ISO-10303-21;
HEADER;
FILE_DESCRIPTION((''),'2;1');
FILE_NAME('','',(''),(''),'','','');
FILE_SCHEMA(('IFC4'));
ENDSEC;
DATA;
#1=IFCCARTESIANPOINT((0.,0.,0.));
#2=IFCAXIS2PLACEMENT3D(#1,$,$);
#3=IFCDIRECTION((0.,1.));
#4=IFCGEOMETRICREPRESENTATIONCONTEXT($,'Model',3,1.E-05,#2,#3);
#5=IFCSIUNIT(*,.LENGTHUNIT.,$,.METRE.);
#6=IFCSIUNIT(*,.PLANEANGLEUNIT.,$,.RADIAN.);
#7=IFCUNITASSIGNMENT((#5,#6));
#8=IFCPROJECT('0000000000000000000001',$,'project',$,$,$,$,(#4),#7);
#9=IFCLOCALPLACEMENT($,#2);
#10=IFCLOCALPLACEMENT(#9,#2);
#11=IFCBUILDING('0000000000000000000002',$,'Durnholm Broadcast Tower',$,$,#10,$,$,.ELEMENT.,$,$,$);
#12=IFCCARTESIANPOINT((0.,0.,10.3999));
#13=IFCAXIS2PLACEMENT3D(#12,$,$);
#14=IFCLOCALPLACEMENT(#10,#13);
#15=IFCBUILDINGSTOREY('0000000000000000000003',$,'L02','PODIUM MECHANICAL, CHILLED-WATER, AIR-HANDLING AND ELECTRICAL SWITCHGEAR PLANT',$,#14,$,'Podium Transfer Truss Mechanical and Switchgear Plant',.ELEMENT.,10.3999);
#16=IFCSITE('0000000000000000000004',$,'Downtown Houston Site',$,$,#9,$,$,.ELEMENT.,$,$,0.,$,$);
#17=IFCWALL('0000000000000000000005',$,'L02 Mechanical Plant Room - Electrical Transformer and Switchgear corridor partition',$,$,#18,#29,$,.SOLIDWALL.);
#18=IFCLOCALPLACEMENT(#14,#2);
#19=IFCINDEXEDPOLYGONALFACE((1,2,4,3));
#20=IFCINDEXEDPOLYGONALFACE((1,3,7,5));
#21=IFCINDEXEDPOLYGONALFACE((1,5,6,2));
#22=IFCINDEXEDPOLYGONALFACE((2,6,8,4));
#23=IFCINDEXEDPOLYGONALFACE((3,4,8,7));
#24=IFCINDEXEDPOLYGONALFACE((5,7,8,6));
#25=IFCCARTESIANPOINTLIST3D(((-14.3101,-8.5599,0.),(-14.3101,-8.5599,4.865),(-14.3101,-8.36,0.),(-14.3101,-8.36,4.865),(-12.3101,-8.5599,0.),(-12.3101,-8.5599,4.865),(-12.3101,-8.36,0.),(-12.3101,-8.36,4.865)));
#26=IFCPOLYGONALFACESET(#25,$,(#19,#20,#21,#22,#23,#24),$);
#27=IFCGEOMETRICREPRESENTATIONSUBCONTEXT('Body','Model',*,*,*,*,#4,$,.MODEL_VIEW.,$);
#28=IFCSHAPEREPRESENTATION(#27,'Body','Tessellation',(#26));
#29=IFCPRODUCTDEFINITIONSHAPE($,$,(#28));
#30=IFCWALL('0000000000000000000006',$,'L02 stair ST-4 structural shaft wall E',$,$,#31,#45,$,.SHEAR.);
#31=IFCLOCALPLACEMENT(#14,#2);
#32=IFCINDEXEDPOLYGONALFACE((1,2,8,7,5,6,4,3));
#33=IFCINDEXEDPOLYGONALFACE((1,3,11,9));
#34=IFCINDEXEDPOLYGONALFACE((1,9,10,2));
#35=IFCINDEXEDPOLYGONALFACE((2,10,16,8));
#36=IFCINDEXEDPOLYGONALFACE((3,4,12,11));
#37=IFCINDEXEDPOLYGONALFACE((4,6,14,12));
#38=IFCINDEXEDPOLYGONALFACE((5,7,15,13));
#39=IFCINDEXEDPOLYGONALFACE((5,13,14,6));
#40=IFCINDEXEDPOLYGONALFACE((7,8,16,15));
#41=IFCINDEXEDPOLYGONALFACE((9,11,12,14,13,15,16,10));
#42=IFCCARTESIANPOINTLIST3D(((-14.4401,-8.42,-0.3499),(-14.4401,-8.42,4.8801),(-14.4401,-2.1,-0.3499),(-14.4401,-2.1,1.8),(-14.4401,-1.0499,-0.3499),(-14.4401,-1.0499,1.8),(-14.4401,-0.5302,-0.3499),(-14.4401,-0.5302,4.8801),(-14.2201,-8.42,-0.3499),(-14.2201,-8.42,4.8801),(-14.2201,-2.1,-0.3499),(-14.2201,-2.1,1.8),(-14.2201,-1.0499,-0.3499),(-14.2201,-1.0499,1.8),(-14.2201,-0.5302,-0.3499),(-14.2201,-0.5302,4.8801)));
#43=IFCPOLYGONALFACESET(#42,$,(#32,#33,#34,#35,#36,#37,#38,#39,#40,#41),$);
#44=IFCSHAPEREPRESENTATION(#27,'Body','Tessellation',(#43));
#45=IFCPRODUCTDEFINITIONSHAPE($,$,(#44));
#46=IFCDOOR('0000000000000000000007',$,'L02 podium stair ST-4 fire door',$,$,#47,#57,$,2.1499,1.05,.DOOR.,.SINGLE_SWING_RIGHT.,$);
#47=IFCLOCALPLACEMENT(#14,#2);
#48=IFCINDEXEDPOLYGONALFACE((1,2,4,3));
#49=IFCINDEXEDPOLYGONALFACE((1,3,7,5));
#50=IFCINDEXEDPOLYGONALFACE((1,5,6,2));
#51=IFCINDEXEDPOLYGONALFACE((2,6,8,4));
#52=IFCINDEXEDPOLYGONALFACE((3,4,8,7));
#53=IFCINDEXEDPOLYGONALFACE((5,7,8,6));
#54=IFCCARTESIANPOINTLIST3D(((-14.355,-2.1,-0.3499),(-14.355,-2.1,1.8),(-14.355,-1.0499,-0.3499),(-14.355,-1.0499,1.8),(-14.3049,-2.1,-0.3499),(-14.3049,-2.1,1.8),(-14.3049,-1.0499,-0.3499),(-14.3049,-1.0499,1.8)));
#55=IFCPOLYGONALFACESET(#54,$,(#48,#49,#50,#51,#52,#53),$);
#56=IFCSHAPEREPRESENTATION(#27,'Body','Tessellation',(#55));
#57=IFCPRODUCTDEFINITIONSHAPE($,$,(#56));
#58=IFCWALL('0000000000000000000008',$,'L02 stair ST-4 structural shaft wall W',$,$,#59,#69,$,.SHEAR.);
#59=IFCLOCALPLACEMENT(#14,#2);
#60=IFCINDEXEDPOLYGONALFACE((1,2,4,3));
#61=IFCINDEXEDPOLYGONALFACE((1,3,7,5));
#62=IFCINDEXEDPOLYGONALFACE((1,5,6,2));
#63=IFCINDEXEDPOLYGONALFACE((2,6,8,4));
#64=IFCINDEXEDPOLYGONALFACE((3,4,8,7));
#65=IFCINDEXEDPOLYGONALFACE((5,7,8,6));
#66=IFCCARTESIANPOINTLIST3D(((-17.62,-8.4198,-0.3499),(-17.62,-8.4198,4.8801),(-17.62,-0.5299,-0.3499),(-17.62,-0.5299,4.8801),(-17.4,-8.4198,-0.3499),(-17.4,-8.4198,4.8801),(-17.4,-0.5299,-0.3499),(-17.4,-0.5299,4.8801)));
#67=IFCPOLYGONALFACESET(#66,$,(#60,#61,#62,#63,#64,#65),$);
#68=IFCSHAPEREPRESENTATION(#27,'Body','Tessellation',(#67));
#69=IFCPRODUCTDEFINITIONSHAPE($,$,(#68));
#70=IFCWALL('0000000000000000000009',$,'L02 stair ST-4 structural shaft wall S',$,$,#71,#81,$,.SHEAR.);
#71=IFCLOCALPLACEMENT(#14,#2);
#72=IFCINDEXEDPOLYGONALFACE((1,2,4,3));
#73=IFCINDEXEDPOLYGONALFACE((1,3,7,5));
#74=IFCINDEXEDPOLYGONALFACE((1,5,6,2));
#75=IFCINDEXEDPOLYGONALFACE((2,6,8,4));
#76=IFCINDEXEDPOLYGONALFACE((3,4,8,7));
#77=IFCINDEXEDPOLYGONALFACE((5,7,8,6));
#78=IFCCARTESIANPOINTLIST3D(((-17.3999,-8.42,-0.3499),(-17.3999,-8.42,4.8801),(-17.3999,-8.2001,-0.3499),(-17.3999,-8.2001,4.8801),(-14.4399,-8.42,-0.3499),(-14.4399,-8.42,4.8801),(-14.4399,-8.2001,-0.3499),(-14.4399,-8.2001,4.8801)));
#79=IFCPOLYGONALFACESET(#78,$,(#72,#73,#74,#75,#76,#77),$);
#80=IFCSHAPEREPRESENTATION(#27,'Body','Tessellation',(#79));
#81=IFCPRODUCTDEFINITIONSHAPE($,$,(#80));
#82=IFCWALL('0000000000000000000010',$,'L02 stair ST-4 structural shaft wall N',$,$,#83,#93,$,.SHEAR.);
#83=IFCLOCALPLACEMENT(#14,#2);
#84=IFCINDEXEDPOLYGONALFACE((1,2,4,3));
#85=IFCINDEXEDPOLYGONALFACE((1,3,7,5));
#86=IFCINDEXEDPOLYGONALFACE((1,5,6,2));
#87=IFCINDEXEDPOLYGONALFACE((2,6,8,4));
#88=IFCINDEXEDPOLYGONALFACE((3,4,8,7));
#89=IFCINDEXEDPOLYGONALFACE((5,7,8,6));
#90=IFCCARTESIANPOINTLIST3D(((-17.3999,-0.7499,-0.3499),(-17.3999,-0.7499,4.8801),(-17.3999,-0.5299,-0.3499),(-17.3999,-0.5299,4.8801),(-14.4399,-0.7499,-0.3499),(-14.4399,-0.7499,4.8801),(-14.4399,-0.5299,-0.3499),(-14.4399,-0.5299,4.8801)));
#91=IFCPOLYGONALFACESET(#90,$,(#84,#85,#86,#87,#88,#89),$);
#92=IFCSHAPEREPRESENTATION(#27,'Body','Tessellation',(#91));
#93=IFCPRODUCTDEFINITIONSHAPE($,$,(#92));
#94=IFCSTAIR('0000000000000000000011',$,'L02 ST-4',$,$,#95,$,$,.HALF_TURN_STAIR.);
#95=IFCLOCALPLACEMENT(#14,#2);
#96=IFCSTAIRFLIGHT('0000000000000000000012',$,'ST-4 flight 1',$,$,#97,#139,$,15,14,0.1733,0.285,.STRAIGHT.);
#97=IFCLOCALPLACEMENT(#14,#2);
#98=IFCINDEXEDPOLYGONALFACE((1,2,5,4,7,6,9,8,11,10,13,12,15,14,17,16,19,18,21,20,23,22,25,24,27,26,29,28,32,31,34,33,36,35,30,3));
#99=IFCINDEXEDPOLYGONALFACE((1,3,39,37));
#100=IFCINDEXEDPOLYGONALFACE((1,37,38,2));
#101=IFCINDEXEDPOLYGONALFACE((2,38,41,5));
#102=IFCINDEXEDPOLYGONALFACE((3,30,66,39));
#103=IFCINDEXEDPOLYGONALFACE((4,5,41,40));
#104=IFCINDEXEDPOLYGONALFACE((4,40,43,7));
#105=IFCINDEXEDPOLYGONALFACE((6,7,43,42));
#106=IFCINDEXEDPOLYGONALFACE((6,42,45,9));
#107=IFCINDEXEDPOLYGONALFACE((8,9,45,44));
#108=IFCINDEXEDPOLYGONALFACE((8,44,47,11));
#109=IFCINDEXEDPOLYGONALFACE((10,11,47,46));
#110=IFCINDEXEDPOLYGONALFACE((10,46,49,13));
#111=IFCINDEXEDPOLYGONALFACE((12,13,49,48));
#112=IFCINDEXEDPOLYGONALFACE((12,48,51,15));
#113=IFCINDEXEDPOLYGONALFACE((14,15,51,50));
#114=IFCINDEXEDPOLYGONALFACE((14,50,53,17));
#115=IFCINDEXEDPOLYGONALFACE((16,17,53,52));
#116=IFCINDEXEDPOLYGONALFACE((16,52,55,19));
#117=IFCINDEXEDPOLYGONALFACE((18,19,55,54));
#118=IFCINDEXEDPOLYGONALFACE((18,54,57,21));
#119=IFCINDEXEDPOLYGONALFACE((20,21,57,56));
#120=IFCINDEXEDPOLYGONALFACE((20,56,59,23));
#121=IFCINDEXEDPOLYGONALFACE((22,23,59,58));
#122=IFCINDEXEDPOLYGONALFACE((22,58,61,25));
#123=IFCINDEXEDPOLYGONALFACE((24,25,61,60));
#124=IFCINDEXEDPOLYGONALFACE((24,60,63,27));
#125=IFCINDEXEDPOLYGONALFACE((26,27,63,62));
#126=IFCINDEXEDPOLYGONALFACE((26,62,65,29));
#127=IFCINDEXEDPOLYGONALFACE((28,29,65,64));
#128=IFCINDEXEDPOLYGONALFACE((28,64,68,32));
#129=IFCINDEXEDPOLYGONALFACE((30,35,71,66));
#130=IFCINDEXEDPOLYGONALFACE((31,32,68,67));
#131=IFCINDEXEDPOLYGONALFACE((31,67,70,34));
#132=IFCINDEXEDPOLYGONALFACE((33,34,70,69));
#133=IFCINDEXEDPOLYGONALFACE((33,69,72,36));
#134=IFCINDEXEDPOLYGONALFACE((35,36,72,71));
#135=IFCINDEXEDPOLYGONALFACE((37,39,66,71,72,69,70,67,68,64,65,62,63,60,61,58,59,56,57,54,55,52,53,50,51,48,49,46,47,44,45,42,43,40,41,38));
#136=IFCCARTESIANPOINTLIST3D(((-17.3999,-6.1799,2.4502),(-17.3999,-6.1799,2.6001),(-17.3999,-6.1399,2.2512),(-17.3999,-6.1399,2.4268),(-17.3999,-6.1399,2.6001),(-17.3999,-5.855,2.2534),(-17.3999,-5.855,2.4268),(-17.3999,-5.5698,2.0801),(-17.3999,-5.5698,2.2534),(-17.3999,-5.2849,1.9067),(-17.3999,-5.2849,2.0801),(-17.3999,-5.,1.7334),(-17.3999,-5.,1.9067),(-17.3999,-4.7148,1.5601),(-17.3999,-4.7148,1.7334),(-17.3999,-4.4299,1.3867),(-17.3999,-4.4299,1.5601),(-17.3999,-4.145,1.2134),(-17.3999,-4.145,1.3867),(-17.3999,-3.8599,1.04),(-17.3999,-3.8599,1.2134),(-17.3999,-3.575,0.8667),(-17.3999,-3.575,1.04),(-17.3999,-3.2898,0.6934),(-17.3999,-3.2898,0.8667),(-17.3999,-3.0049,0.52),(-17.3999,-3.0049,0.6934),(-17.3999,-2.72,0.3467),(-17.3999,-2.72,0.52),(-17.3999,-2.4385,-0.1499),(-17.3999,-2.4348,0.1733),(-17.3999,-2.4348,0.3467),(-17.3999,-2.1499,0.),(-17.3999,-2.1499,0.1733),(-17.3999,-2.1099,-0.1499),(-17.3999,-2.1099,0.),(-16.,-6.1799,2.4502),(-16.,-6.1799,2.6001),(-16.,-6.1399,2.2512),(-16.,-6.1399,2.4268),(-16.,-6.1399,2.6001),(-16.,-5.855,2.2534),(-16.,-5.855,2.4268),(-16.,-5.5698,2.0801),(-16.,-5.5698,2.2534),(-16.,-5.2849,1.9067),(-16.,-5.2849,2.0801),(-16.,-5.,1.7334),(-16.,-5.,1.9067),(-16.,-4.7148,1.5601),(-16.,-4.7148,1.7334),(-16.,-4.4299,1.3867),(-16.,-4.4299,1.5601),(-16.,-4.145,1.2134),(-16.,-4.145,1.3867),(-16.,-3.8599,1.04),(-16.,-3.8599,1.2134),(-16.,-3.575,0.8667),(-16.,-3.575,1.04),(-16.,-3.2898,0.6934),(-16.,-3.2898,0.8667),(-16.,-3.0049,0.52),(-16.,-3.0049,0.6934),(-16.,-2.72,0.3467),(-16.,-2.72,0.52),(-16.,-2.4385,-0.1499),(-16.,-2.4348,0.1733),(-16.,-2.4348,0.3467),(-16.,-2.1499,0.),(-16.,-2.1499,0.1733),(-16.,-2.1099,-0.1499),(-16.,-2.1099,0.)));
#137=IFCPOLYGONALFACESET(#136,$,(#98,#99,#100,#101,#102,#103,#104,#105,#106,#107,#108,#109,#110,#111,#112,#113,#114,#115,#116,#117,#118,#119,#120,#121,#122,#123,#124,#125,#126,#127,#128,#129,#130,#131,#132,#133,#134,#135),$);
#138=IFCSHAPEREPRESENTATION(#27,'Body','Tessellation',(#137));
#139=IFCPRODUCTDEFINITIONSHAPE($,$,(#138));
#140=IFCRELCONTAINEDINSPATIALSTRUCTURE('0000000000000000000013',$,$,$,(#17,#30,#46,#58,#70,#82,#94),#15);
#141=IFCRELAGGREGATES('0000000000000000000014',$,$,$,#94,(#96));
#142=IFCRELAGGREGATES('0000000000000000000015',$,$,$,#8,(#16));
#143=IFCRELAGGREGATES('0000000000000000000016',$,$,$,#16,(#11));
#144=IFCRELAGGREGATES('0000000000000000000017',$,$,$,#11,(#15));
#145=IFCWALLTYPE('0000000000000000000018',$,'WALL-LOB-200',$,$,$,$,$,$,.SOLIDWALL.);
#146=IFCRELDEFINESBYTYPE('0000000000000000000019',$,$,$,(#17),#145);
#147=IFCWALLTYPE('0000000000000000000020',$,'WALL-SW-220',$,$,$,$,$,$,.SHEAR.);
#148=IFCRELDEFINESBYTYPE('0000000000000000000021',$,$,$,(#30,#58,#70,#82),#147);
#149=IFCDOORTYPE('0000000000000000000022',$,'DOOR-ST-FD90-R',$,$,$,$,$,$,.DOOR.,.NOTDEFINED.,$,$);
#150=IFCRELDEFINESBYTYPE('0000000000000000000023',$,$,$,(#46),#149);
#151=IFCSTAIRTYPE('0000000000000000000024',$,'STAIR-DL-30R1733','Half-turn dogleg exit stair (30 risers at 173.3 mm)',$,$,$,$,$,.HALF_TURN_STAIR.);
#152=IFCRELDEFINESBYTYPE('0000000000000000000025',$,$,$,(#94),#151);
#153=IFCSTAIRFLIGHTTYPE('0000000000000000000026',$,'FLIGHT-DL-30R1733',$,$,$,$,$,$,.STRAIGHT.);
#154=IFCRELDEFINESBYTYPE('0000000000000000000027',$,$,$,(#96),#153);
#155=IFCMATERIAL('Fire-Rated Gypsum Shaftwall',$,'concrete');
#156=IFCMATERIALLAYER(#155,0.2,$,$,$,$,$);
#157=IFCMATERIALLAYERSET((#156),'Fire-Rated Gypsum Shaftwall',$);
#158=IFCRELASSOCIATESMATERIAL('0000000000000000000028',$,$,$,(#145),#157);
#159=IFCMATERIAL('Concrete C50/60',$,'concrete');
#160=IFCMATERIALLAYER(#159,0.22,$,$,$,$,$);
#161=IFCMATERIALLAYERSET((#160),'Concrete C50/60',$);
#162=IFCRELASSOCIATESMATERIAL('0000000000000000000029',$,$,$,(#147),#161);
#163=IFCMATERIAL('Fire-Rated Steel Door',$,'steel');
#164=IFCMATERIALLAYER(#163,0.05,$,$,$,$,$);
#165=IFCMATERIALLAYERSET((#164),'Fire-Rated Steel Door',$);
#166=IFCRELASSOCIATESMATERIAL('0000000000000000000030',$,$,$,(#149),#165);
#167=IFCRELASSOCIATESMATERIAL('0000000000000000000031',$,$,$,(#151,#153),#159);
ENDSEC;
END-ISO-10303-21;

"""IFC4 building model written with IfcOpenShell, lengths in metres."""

from ifc_helpers import new_model, si_unit, direction, frame, frame_2d, origin, place, context, subcontext, project, spatial, polyline, rectangle, outline, extrude, source, transform, mapped, material, layer, layer_set, type_object, type_shapes, element, fill, aggregate, save


model = new_model("IFC4")

# Units and contexts
model_context = context("Model", 3, precision=1e-05, world=origin(), true_north=direction((0.0, 1.0)))
body_context = subcontext(model_context, "Body", "Model", "MODEL_VIEW")
ifc_project = project(units=[si_unit("LENGTHUNIT", "METRE"), si_unit("PLANEANGLEUNIT", "RADIAN")], contexts=[model_context])

# Site, building, storey
site_placement = place(None, origin())
site = spatial("IfcSite", under=ifc_project, at=site_placement, Name="Downtown Houston Site", CompositionType="ELEMENT", RefElevation=0.0)
building_placement = place(site_placement, origin())
building = spatial("IfcBuilding", under=site, at=building_placement, Name="Durnholm Broadcast Tower", CompositionType="ELEMENT")
storey_placement = place(building_placement, frame((0.0, 0.0, 10.3999)))
storey = spatial("IfcBuildingStorey", under=building, at=storey_placement, Name="L02", Description="PODIUM MECHANICAL, CHILLED-WATER, AIR-HANDLING AND ELECTRICAL SWITCHGEAR PLANT", LongName="Podium Transfer Truss Mechanical and Switchgear Plant", CompositionType="ELEMENT", Elevation=10.3999)

# Wall
ifc_material_1 = material(Name="Fire-Rated Gypsum Shaftwall", Category="concrete")
ifc_layer_1 = layer(ifc_material_1, 0.2)
ifc_layer_set_1 = layer_set([ifc_layer_1], Name="Fire-Rated Gypsum Shaftwall")
wall_type_1 = type_object("IfcWallType", Name="WALL-LOB-200", PredefinedType="SOLIDWALL", material=ifc_layer_set_1)
wall_1_placement = place(storey_placement, frame((-14.3101, -8.46, 0.0), z_axis=(0.0, 0.0, 1.0), x_axis=(1.0, 0.0, 0.0)))
element("IfcWall", 1, at=wall_1_placement, inside=storey, type_object=wall_type_1, Name="L02 Mechanical Plant Room - Electrical Transformer and Switchgear corridor partition", PredefinedType="SOLIDWALL", context=body_context, shape_type="SweptSolid", body=[
    extrude(rectangle(XDim=2.0, YDim=0.2, at=frame_2d((1.0, 0.0))), origin(), (0.0, 0.0, 1.0), 4.865),
])

# Wall, opening, door
ifc_material_2 = material(Name="Concrete C50/60", Category="concrete")
ifc_layer_2 = layer(ifc_material_2, 0.22)
ifc_layer_set_2 = layer_set([ifc_layer_2], Name="Concrete C50/60")
wall_type_2 = type_object("IfcWallType", Name="WALL-SW-220", PredefinedType="SHEAR", material=ifc_layer_set_2)
wall_2_placement = place(storey_placement, frame((-14.3301, -8.4199, -0.3499), z_axis=(0.0, 0.0, 1.0), x_axis=(0.0, 1.0, 0.0)))
wall_2 = element("IfcWall", 2, at=wall_2_placement, inside=storey, type_object=wall_type_2, Name="L02 stair ST-4 structural shaft wall E", PredefinedType="SHEAR", context=body_context, shape_type="SweptSolid", body=[
    extrude(rectangle(XDim=7.8899, YDim=0.22, at=frame_2d((3.9448, 0.0))), origin(), (0.0, 0.0, 1.0), 5.23),
])
opening_placement = place(wall_2_placement, frame((6.3201, 0.0, 0.0)))
opening = element("IfcOpeningElement", 3, at=opening_placement, cuts=wall_2, PredefinedType="OPENING", context=body_context, shape_type="SweptSolid", body=[
    extrude(rectangle(XDim=1.05, YDim=2.1499, at=frame_2d((0.5249, 1.075))), frame((0.0, 0.1201, 0.0), z_axis=(0.0, -1.0, 0.0), x_axis=(1.0, 0.0, 0.0)), (0.0, 0.0, 1.0), 0.24),
])
ifc_material_3 = material(Name="Fire-Rated Steel Door", Category="steel")
ifc_layer_3 = layer(ifc_material_3, 0.05)
ifc_layer_set_3 = layer_set([ifc_layer_3], Name="Fire-Rated Steel Door")
door_type = type_object("IfcDoorType", Name="DOOR-ST-FD90-R", OperationType="NOTDEFINED", PredefinedType="DOOR", material=ifc_layer_set_3)
shared_shape_1 = source(origin(), body_context, "Body", "SweptSolid", [
    extrude(rectangle(XDim=1.05, YDim=2.1499, at=frame_2d((0.5249, 1.075))), frame((0.0, 0.0249, 0.0), z_axis=(0.0, -1.0, 0.0), x_axis=(1.0, 0.0, 0.0)), (0.0, 0.0, 1.0), 0.05),
])
type_shapes(door_type, [shared_shape_1])
door_placement = place(opening_placement, origin())
door = element("IfcDoor", 4, at=door_placement, inside=storey, type_object=door_type, Name="L02 podium stair ST-4 fire door", OperationType="SINGLE_SWING_RIGHT", OverallHeight=2.1499, OverallWidth=1.05, PredefinedType="DOOR", context=body_context, shape_type="MappedRepresentation", body=[
    mapped(shared_shape_1, transform((0.0, 0.0, 0.0), x_axis=(1.0, 0.0, 0.0), y_axis=(0.0, 1.0, 0.0), z_axis=(0.0, 0.0, 1.0), scale=1.0)),
])
fill(opening, door)

# Walls
wall_3_placement = place(storey_placement, frame((-17.51, -0.53, -0.3499), z_axis=(0.0, 0.0, 1.0), x_axis=(0.0, -1.0, 0.0)))
element("IfcWall", 5, at=wall_3_placement, inside=storey, type_object=wall_type_2, Name="L02 stair ST-4 structural shaft wall W", PredefinedType="SHEAR", context=body_context, shape_type="SweptSolid", body=[
    extrude(rectangle(XDim=7.8899, YDim=0.22, at=frame_2d((3.9448, 0.0))), origin(), (0.0, 0.0, 1.0), 5.23),
])
for number, where, z_axis, x_axis, name in (
    (6, (-17.3999, -8.3101, -0.3499), (0.0, 0.0, 1.0), (1.0, 0.0, 0.0), "L02 stair ST-4 structural shaft wall S"),
    (7, (-14.4399, -0.6399, -0.3499), (0.0, 0.0, 1.0), (-1.0, 0.0, 0.0), "L02 stair ST-4 structural shaft wall N"),
):
    element("IfcWall", number, at=place(storey_placement, frame(where, z_axis=z_axis, x_axis=x_axis)), inside=storey, type_object=wall_type_2, Name=name, PredefinedType="SHEAR", context=body_context, shape_type="SweptSolid", body=[
        extrude(rectangle(XDim=2.96, YDim=0.22, at=frame_2d((1.48, 0.0))), origin(), (0.0, 0.0, 1.0), 5.23),
    ])

# Stair, stair flight
stair_type = type_object("IfcStairType", Name="STAIR-DL-30R1733", Description="Half-turn dogleg exit stair (30 risers at 173.3 mm)", PredefinedType="HALF_TURN_STAIR", material=ifc_material_2)
stair_placement = place(storey_placement, origin())
stair = element("IfcStair", 8, at=stair_placement, inside=storey, type_object=stair_type, Name="L02 ST-4", PredefinedType="HALF_TURN_STAIR")
stair_flight_type = type_object("IfcStairFlightType", Name="FLIGHT-DL-30R1733", PredefinedType="STRAIGHT", material=ifc_material_2)
stair_flight_1_placement = place(storey_placement, frame((-16.7, -2.1499, 0.0), z_axis=(0.0, 0.0, 1.0), x_axis=(0.0, -1.0, 0.0)))
stair_flight_1 = element("IfcStairFlight", 9, at=stair_flight_1_placement, type_object=stair_flight_type, Name="ST-4 flight 1", NumberOfRisers=15, NumberOfTreads=14, PredefinedType="STRAIGHT", RiserHeight=0.1733, TreadLength=0.285, context=body_context, shape_type="SweptSolid", body=[
    extrude(outline(polyline([(-0.04, -0.1499), (-0.04, 0.0), (0.0, 0.0), (0.0, 0.1733), (0.2849, 0.1733), (0.2849, 0.3467), (0.5701, 0.3467), (0.5701, 0.52), (0.855, 0.52), (0.855, 0.6934), (1.1399, 0.6934), (1.1399, 0.8667), (1.425, 0.8667), (1.425, 1.04), (1.71, 1.04), (1.71, 1.2134), (1.9951, 1.2134), (1.9951, 1.3867), (2.28, 1.3867), (2.28, 1.5601), (2.5649, 1.5601), (2.5649, 1.7334), (2.8501, 1.7334), (2.8501, 1.9067), (3.135, 1.9067), (3.135, 2.0801), (3.4199, 2.0801), (3.4199, 2.2534), (3.7051, 2.2534), (3.7051, 2.4268), (3.99, 2.4268), (3.99, 2.6001), (4.03, 2.6001), (4.03, 2.4502), (3.99, 2.2512), (0.2886, -0.1499), (-0.04, -0.1499)])), frame((0.0, 0.7, 0.0), z_axis=(0.0, -1.0, 0.0), x_axis=(1.0, 0.0, 0.0)), (0.0, 0.0, 1.0), 1.3999),
])
aggregate(stair, [stair_flight_1])

save(model, "model.ifc")
